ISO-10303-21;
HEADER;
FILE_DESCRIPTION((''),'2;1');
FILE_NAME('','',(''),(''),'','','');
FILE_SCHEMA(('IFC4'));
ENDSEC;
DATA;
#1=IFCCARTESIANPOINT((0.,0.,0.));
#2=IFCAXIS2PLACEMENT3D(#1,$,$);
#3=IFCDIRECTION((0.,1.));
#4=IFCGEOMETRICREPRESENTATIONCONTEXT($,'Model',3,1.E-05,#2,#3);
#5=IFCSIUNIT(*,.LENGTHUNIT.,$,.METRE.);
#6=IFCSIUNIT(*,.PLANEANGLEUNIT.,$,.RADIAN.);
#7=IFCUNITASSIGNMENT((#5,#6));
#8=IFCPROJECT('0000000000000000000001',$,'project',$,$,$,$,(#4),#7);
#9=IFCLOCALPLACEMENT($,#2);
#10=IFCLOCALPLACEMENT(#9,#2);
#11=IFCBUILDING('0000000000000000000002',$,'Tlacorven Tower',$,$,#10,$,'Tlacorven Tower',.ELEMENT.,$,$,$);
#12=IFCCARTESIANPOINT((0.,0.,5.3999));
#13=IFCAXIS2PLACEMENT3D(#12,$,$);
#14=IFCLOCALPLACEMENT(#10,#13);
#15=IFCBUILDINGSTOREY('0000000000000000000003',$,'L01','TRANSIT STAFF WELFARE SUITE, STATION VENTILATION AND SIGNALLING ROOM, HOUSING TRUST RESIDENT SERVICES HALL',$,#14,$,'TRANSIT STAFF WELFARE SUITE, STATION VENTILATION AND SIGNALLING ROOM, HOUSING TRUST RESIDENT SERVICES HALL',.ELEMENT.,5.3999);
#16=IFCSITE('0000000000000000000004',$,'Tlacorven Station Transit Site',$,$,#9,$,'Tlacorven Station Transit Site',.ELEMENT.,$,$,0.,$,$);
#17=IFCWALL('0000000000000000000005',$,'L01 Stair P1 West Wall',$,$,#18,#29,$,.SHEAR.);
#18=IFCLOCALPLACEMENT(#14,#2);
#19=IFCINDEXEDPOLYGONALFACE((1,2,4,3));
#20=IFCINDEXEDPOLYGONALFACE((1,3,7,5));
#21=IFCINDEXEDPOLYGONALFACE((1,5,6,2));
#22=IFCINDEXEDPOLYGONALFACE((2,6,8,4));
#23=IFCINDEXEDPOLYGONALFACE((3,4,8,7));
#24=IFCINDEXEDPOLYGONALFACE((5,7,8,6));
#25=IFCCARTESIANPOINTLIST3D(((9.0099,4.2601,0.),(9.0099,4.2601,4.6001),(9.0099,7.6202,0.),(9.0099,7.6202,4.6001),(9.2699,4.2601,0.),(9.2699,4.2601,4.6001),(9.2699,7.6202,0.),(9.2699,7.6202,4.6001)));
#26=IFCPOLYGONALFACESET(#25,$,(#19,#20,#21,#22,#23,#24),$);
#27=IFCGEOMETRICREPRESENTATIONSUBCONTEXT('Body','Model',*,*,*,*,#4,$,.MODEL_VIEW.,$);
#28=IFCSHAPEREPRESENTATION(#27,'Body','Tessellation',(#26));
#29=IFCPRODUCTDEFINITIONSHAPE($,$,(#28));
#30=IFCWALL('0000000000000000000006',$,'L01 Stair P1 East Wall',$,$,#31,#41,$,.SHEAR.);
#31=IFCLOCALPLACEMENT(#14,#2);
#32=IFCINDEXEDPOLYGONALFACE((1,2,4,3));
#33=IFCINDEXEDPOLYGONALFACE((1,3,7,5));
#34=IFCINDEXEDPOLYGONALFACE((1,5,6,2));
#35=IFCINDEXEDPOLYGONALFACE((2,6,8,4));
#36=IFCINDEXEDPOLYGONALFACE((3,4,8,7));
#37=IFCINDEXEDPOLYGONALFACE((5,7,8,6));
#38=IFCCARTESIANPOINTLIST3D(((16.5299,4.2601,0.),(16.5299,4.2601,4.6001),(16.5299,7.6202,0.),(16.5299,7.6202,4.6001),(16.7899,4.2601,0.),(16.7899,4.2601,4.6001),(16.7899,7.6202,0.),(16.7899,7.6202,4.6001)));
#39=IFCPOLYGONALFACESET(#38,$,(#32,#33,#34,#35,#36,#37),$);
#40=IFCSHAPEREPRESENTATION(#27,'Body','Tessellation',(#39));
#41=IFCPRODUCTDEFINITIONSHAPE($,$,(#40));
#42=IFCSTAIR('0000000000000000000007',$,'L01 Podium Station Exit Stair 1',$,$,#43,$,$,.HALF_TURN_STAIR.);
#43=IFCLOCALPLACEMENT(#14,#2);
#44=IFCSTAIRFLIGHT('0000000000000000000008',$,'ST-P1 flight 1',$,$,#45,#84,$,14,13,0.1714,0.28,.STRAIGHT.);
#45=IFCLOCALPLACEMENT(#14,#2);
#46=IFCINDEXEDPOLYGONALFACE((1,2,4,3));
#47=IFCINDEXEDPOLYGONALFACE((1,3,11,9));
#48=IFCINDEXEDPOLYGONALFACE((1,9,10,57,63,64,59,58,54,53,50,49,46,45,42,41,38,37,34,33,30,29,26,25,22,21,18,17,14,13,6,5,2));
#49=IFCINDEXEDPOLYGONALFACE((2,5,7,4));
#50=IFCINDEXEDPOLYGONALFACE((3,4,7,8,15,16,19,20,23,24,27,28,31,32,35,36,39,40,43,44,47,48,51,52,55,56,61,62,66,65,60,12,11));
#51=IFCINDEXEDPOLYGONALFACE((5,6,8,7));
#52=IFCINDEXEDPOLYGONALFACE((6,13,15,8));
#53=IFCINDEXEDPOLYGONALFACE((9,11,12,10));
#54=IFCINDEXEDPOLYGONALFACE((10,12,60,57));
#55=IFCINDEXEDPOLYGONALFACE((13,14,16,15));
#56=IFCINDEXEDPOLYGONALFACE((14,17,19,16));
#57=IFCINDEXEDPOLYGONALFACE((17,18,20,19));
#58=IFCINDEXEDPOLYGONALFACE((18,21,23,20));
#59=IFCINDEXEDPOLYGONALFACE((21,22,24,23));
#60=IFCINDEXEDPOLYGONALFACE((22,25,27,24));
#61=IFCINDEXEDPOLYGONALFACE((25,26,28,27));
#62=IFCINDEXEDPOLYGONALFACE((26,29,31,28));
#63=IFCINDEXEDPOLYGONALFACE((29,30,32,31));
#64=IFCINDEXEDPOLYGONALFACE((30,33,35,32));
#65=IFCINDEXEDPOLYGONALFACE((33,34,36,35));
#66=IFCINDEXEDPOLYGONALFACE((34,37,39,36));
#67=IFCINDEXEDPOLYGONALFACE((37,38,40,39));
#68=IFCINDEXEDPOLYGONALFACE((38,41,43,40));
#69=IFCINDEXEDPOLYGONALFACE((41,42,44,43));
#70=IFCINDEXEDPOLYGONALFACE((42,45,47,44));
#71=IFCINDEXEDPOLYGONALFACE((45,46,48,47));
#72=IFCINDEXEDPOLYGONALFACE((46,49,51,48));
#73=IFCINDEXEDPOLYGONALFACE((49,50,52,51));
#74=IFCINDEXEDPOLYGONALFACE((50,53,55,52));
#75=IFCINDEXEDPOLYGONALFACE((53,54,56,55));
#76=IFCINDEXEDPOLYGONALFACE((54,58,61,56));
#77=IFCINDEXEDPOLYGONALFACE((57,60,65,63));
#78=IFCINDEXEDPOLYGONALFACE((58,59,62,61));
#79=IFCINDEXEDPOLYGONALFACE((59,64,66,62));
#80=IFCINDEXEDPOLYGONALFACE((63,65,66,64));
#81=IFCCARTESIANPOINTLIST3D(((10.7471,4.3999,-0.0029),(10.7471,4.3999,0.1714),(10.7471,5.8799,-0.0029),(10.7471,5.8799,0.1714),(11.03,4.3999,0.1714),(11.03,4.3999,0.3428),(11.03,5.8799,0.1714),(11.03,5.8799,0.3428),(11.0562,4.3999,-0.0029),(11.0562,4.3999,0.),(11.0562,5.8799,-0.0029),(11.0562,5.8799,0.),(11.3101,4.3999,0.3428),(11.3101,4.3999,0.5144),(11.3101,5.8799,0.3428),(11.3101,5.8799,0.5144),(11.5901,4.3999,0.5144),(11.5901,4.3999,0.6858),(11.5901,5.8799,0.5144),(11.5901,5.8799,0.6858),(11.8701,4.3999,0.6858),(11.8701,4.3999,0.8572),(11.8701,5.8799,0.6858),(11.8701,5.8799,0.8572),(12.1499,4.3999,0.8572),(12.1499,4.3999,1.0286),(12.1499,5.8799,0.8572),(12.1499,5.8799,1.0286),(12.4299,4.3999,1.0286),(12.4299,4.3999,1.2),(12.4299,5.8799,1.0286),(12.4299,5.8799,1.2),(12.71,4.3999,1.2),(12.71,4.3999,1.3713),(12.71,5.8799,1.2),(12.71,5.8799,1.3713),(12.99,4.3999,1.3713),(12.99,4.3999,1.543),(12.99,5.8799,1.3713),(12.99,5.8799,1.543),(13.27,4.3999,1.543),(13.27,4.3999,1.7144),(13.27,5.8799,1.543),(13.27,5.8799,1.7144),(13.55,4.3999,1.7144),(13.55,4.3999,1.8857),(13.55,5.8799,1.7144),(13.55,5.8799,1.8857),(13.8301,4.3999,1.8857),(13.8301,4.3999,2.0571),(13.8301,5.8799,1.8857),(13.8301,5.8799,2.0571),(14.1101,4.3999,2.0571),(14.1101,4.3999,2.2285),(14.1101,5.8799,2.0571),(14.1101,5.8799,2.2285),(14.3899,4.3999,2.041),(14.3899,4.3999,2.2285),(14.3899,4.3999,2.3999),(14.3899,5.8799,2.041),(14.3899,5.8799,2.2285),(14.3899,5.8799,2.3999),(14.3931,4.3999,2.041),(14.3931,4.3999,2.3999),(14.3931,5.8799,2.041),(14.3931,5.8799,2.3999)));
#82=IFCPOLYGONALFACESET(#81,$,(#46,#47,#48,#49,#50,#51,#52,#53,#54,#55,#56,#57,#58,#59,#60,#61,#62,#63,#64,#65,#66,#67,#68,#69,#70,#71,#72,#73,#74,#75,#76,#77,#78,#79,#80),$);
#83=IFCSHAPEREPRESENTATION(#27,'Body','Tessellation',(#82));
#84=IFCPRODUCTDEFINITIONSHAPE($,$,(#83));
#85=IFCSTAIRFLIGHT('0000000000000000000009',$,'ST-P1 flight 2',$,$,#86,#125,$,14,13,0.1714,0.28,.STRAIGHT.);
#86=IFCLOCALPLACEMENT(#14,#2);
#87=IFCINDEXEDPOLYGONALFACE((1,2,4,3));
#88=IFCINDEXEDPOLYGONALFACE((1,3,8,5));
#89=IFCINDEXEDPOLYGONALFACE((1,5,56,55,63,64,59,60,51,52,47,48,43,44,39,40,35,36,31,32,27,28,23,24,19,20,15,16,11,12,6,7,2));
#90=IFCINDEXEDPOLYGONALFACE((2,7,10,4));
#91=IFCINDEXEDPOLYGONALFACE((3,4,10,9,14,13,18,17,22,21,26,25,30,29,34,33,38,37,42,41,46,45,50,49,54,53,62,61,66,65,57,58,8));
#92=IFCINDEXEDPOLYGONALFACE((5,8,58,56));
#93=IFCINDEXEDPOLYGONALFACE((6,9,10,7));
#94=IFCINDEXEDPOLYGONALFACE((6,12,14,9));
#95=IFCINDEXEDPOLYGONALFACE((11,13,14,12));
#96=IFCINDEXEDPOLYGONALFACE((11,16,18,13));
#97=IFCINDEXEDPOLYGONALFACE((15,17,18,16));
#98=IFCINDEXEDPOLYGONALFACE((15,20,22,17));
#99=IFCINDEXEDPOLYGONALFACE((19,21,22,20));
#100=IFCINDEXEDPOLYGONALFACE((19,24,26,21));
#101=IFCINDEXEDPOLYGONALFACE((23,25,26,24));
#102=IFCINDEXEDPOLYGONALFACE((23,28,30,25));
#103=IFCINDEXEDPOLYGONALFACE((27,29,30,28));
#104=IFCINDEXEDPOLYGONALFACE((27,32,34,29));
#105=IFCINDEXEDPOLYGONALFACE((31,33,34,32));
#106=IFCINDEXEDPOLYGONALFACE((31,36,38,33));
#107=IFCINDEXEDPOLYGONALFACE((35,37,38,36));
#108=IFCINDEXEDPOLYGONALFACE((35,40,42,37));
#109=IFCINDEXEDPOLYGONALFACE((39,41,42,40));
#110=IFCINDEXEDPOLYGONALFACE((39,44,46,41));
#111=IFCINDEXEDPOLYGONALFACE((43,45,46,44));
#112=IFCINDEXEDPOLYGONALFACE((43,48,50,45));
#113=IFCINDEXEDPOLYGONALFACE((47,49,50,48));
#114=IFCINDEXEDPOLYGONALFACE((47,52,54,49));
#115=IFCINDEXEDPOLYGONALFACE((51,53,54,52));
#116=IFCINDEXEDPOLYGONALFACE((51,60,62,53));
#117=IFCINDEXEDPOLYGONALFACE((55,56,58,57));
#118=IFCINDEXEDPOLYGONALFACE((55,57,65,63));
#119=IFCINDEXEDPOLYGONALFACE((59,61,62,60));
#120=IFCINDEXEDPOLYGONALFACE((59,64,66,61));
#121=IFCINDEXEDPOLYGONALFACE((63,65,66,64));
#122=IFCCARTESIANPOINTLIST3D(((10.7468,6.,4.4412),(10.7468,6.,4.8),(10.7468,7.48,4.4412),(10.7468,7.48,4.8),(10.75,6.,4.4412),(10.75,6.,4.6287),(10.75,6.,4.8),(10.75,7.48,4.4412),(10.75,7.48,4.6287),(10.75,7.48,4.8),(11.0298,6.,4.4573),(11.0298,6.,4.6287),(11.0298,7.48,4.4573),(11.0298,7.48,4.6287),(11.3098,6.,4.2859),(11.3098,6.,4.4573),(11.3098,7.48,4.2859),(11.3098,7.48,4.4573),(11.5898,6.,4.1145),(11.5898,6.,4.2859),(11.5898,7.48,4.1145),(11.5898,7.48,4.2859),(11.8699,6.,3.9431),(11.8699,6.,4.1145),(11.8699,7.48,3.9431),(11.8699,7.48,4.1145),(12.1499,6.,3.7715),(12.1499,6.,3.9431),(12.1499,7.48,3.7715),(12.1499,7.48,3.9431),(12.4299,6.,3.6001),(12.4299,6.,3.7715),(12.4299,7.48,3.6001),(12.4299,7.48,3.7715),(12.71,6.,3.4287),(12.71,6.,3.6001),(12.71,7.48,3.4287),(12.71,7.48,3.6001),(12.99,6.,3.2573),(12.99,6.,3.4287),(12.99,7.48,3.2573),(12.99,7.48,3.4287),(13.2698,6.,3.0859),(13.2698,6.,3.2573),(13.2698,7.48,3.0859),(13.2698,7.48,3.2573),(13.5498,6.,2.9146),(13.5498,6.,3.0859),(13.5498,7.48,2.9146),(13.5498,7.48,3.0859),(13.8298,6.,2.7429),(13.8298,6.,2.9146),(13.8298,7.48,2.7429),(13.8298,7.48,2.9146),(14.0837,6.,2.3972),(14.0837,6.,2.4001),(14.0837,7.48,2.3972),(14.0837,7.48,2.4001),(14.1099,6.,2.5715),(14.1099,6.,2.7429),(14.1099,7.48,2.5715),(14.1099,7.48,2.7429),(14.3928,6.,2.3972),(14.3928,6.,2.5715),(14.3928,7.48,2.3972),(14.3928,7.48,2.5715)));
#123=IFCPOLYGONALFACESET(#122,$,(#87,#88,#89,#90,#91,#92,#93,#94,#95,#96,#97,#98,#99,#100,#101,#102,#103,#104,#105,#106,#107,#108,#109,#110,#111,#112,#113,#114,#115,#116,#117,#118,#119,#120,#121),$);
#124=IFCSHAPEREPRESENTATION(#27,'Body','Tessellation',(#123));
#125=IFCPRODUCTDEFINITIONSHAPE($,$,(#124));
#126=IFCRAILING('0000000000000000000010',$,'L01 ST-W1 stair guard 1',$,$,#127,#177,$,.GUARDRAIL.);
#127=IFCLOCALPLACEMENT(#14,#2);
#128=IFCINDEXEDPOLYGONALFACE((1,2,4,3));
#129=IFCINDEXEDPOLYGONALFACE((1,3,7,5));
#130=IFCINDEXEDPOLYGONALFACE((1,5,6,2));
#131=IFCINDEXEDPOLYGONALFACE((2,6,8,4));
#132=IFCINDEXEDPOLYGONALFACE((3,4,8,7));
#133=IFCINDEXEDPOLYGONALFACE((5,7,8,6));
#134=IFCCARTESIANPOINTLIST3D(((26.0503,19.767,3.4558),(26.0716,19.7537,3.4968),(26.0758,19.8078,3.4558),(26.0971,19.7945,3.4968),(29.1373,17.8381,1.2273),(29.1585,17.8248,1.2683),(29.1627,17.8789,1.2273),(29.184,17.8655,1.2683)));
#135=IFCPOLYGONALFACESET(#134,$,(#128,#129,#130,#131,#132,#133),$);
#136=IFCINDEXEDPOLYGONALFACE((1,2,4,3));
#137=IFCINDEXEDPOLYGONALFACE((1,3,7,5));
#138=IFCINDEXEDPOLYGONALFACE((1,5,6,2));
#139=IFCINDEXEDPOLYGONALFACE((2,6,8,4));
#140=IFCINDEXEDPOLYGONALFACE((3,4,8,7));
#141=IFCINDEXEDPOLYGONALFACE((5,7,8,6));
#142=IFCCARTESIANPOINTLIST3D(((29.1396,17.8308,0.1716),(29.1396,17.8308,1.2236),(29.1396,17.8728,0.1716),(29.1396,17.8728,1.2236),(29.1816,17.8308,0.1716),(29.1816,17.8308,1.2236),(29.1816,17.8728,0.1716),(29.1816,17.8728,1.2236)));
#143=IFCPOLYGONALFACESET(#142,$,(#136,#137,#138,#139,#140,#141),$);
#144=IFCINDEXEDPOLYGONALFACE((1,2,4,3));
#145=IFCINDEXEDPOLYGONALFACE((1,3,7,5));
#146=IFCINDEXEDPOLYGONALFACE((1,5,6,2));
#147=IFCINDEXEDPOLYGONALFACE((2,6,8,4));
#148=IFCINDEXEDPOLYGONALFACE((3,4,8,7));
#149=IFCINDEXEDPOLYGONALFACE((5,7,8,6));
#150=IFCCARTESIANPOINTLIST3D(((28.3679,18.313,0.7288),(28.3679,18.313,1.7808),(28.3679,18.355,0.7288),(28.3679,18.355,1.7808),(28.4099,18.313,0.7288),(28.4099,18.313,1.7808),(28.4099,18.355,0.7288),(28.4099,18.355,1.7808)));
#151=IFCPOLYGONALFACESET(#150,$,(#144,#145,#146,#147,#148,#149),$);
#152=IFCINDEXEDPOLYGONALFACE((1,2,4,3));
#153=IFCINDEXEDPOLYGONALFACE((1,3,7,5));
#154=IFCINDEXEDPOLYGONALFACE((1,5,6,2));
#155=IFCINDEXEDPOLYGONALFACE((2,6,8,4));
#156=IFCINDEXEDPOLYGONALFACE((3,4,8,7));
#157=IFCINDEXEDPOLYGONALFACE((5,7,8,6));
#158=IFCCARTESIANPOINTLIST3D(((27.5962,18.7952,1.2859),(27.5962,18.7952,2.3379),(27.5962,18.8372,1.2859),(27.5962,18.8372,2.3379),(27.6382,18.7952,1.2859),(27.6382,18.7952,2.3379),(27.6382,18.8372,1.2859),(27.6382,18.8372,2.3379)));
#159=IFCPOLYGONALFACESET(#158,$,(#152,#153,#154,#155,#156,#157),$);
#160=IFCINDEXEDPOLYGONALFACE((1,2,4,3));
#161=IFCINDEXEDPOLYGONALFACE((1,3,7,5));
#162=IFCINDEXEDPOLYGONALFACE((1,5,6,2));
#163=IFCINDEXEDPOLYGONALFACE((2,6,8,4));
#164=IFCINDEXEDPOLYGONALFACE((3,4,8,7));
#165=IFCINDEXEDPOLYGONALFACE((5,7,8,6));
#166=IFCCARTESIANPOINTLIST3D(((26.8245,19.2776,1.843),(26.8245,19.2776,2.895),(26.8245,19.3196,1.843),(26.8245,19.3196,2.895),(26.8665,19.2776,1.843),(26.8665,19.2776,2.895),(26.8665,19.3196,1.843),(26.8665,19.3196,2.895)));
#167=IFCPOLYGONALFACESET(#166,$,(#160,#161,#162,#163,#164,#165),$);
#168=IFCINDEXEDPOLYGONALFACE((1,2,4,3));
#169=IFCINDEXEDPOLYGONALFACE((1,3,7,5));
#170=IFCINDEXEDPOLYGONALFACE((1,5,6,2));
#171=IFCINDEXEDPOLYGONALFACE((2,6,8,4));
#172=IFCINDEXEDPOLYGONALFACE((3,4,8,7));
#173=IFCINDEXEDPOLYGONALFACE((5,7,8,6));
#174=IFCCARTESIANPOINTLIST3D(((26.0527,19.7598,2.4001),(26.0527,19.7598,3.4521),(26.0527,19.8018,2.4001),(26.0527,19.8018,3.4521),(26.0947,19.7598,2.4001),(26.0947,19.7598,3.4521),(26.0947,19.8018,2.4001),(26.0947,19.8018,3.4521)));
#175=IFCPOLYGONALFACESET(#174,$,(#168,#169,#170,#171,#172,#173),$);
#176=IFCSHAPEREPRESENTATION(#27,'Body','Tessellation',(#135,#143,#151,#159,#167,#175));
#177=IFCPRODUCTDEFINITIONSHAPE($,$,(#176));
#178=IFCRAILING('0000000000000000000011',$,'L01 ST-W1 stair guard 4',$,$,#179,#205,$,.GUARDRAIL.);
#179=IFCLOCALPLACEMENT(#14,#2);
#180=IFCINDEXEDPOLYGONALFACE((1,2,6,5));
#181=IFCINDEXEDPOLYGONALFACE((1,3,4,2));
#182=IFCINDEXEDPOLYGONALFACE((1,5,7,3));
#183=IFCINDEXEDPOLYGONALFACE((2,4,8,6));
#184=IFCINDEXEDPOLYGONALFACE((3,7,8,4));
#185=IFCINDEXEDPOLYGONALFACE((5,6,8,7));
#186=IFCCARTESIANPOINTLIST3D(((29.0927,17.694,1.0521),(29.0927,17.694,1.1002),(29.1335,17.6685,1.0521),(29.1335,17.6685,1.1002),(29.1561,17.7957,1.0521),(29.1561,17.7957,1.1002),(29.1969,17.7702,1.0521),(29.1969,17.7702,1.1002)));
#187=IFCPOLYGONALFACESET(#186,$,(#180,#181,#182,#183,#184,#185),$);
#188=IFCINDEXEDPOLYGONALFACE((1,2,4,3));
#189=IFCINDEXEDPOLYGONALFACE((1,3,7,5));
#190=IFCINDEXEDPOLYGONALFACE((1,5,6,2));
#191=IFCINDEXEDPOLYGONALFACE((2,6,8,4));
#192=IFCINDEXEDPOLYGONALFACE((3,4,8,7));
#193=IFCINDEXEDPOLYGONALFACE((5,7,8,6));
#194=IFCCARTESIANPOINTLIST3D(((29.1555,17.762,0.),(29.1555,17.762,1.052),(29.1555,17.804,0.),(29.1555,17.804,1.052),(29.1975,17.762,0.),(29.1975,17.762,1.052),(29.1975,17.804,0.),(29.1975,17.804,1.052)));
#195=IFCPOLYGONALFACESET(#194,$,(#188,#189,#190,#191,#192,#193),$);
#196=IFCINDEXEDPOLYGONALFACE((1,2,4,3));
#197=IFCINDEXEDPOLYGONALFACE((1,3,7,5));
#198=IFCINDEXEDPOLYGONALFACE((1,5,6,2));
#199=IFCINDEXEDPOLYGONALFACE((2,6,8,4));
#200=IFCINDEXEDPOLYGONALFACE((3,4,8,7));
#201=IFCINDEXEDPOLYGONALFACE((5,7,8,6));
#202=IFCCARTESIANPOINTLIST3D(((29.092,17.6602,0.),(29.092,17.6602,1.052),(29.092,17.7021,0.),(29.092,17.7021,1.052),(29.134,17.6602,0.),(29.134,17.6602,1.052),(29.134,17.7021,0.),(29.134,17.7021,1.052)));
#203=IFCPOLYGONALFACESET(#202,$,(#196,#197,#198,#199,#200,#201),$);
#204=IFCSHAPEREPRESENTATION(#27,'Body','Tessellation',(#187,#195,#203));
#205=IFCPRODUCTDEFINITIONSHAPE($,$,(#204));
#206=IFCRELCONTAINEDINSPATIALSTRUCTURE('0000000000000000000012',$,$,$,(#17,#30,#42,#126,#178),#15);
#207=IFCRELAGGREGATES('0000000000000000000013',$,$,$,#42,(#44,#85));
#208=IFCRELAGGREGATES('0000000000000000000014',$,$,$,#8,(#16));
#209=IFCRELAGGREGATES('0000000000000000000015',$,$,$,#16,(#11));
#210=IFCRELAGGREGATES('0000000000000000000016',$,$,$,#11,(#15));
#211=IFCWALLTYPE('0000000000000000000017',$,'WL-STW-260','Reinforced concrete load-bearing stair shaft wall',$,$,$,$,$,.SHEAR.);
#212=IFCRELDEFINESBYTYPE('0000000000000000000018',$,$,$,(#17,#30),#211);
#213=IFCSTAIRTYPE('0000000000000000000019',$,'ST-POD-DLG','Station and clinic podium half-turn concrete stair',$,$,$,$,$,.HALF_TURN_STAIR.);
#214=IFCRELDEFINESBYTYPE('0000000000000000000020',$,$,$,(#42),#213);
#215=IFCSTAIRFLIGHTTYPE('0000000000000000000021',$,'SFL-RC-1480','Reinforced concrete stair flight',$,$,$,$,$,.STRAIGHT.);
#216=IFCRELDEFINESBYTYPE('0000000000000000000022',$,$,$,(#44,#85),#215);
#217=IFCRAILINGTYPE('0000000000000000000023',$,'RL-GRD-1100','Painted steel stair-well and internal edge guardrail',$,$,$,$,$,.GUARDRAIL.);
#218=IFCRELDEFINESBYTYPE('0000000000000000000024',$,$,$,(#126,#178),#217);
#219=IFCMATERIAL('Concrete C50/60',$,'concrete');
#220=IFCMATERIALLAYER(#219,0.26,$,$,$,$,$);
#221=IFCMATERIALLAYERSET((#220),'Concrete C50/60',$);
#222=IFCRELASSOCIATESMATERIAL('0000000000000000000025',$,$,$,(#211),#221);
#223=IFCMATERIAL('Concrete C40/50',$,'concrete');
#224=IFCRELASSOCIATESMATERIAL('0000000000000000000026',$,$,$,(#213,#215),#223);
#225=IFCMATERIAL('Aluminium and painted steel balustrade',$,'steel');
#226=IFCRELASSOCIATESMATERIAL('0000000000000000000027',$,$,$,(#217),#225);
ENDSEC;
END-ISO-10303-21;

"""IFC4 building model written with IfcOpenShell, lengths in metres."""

from ifc_helpers import new_model, si_unit, direction, frame, frame_2d, origin, origin_2d, place, context, subcontext, project, spatial, polyline, rectangle, outline, extrude, source, transform, mapped, material, layer, layer_set, type_object, element, aggregate, save


model = new_model("IFC4")

# Units and contexts
model_context = context("Model", 3, precision=1e-05, world=origin(), true_north=direction((0.0, 1.0)))
body_context = subcontext(model_context, "Body", "Model", "MODEL_VIEW")
ifc_project = project(units=[si_unit("LENGTHUNIT", "METRE"), si_unit("PLANEANGLEUNIT", "RADIAN")], contexts=[model_context])

# Site, building, storey
site_placement = place(None, origin())
site = spatial("IfcSite", under=ifc_project, at=site_placement, Name="Tlacorven Station Transit Site", LongName="Tlacorven Station Transit Site", CompositionType="ELEMENT", RefElevation=0.0)
building_placement = place(site_placement, origin())
building = spatial("IfcBuilding", under=site, at=building_placement, Name="Tlacorven Tower", LongName="Tlacorven Tower", CompositionType="ELEMENT")
storey_placement = place(building_placement, frame((0.0, 0.0, 5.3999)))
storey = spatial("IfcBuildingStorey", under=building, at=storey_placement, Name="L01", Description="TRANSIT STAFF WELFARE SUITE, STATION VENTILATION AND SIGNALLING ROOM, HOUSING TRUST RESIDENT SERVICES HALL", LongName="TRANSIT STAFF WELFARE SUITE, STATION VENTILATION AND SIGNALLING ROOM, HOUSING TRUST RESIDENT SERVICES HALL", CompositionType="ELEMENT", Elevation=5.3999)

# Walls
ifc_material_1 = material(Name="Concrete C50/60", Category="concrete")
ifc_layer_1 = layer(ifc_material_1, 0.26)
ifc_layer_set_1 = layer_set([ifc_layer_1], Name="Concrete C50/60")
wall_type_1 = type_object("IfcWallType", Name="WL-STW-260", Description="Reinforced concrete load-bearing stair shaft wall", PredefinedType="SHEAR", material=ifc_layer_set_1)
for number, where, z_axis, x_axis, name in (
    (1, (9.1399, 4.26, 0.0), (0.0, 0.0, 1.0), (0.0, 1.0, 0.0), "L01 Stair P1 West Wall"),
    (2, (16.6599, 4.26, 0.0), (0.0, 0.0, 1.0), (0.0, 1.0, 0.0), "L01 Stair P1 East Wall"),
):
    element("IfcWall", number, at=place(storey_placement, frame(where, z_axis=z_axis, x_axis=x_axis)), inside=storey, type_object=wall_type_1, Name=name, PredefinedType="SHEAR", context=body_context, shape_type="SweptSolid", body=[
        extrude(rectangle(XDim=3.3601, YDim=0.26, at=frame_2d((1.6802, 0.0))), origin(), (0.0, 0.0, 1.0), 4.6001),
    ])

# Stair, stair flights
ifc_material_2 = material(Name="Concrete C40/50", Category="concrete")
stair_type = type_object("IfcStairType", Name="ST-POD-DLG", Description="Station and clinic podium half-turn concrete stair", PredefinedType="HALF_TURN_STAIR", material=ifc_material_2)
stair_placement = place(storey_placement, origin())
stair = element("IfcStair", 3, at=stair_placement, inside=storey, type_object=stair_type, Name="L01 Podium Station Exit Stair 1", PredefinedType="HALF_TURN_STAIR")
stair_flight_type = type_object("IfcStairFlightType", Name="SFL-RC-1480", Description="Reinforced concrete stair flight", PredefinedType="STRAIGHT", material=ifc_material_2)
shared_shape_1 = source(origin(), body_context, "Body", "SweptSolid", [
    extrude(outline(polyline([(-0.0029, -0.0029), (-0.0029, 0.1714), (0.28, 0.1714), (0.28, 0.3428), (0.5601, 0.3428), (0.5601, 0.5144), (0.8401, 0.5144), (0.8401, 0.6858), (1.1201, 0.6858), (1.1201, 0.8572), (1.3999, 0.8572), (1.3999, 1.0286), (1.6799, 1.0286), (1.6799, 1.2), (1.96, 1.2), (1.96, 1.3713), (2.24, 1.3713), (2.24, 1.543), (2.52, 1.543), (2.52, 1.7144), (2.8, 1.7144), (2.8, 1.8857), (3.0801, 1.8857), (3.0801, 2.0571), (3.3601, 2.0571), (3.3601, 2.2285), (3.6399, 2.2285), (3.6399, 2.3999), (3.6431, 2.3999), (3.6431, 2.041), (3.6399, 2.041), (0.3062, 0.0), (0.3062, -0.0029), (-0.0029, -0.0029)])), frame((0.0, 0.74, 0.0), z_axis=(0.0, -1.0, 0.0), x_axis=(1.0, 0.0, 0.0)), (0.0, 0.0, 1.0), 1.48),
])
stair_flight_1_placement = place(storey_placement, frame((10.75, 5.1399, 0.0), z_axis=(0.0, 0.0, 1.0), x_axis=(1.0, 0.0, 0.0)))
stair_flight_1 = element("IfcStairFlight", 4, at=stair_flight_1_placement, type_object=stair_flight_type, Name="ST-P1 flight 1", NumberOfRisers=14, NumberOfTreads=13, PredefinedType="STRAIGHT", RiserHeight=0.1714, TreadLength=0.28, context=body_context, shape_type="MappedRepresentation", body=[
    mapped(shared_shape_1, transform((0.0, 0.0, 0.0), scale=1.0)),
])
stair_flight_2_placement = place(storey_placement, frame((14.3899, 6.74, 2.4001), z_axis=(0.0, 0.0, 1.0), x_axis=(-1.0, 0.0, 0.0)))
stair_flight_2 = element("IfcStairFlight", 5, at=stair_flight_2_placement, type_object=stair_flight_type, Name="ST-P1 flight 2", NumberOfRisers=14, NumberOfTreads=13, PredefinedType="STRAIGHT", RiserHeight=0.1714, TreadLength=0.28, context=body_context, shape_type="MappedRepresentation", body=[
    mapped(shared_shape_1, transform((0.0, 0.0, 0.0), scale=1.0)),
])
aggregate(stair, [stair_flight_1, stair_flight_2])

# Railings
ifc_material_3 = material(Name="Aluminium and painted steel balustrade", Category="steel")
railing_type_1 = type_object("IfcRailingType", Name="RL-GRD-1100", Description="Painted steel stair-well and internal edge guardrail", PredefinedType="GUARDRAIL", material=ifc_material_3)
shared_shape_2 = source(origin(), body_context, "Body", "SweptSolid", [
    extrude(rectangle(XDim=0.0481, YDim=0.0481, at=origin_2d()), frame((0.0, 0.0, 1.0762), z_axis=(-0.723262, 0.451953, 0.52214), x_axis=(-0.529927, -0.848044, 0.0)), (0.0, 0.0, 1.0), 4.2681),
    extrude(rectangle(XDim=0.042, YDim=0.042, at=origin_2d()), origin(), (0.0, 0.0, 1.0), 1.052),
    extrude(rectangle(XDim=0.042, YDim=0.042, at=origin_2d()), frame((-0.7717, 0.4822, 0.5571)), (0.0, 0.0, 1.0), 1.052),
    extrude(rectangle(XDim=0.042, YDim=0.042, at=origin_2d()), frame((-1.5435, 0.9644, 1.1143)), (0.0, 0.0, 1.0), 1.052),
    extrude(rectangle(XDim=0.042, YDim=0.042, at=origin_2d()), frame((-2.3152, 1.4468, 1.6714)), (0.0, 0.0, 1.0), 1.052),
    extrude(rectangle(XDim=0.042, YDim=0.042, at=origin_2d()), frame((-3.0869, 1.929, 2.2285)), (0.0, 0.0, 1.0), 1.052),
])
railing_1_placement = place(storey_placement, frame((29.1606, 17.8518, 0.1716)))
element("IfcRailing", 6, at=railing_1_placement, inside=storey, type_object=railing_type_1, Name="L01 ST-W1 stair guard 1", PredefinedType="GUARDRAIL", context=body_context, shape_type="MappedRepresentation", body=[
    mapped(shared_shape_2, transform((0.0, 0.0, 0.0), scale=1.0)),
])
shared_shape_3 = source(origin(), body_context, "Body", "SweptSolid", [
    extrude(rectangle(XDim=0.0481, YDim=0.0481, at=origin_2d()), frame((0.0, 0.0, 1.0762), z_axis=(-0.529084, -0.848569, 0.0), x_axis=(0.848569, -0.529084, 0.0)), (0.0, 0.0, 1.0), 0.1199),
    extrude(rectangle(XDim=0.042, YDim=0.042, at=origin_2d()), origin(), (0.0, 0.0, 1.0), 1.052),
    extrude(rectangle(XDim=0.042, YDim=0.042, at=origin_2d()), frame((-0.0635, -0.1018, 0.0)), (0.0, 0.0, 1.0), 1.052),
])
railing_2_placement = place(storey_placement, frame((29.1765, 17.783, 0.0)))
element("IfcRailing", 7, at=railing_2_placement, inside=storey, type_object=railing_type_1, Name="L01 ST-W1 stair guard 4", PredefinedType="GUARDRAIL", context=body_context, shape_type="MappedRepresentation", body=[
    mapped(shared_shape_3, transform((0.0, 0.0, 0.0), scale=1.0)),
])

save(model, "model.ifc")
